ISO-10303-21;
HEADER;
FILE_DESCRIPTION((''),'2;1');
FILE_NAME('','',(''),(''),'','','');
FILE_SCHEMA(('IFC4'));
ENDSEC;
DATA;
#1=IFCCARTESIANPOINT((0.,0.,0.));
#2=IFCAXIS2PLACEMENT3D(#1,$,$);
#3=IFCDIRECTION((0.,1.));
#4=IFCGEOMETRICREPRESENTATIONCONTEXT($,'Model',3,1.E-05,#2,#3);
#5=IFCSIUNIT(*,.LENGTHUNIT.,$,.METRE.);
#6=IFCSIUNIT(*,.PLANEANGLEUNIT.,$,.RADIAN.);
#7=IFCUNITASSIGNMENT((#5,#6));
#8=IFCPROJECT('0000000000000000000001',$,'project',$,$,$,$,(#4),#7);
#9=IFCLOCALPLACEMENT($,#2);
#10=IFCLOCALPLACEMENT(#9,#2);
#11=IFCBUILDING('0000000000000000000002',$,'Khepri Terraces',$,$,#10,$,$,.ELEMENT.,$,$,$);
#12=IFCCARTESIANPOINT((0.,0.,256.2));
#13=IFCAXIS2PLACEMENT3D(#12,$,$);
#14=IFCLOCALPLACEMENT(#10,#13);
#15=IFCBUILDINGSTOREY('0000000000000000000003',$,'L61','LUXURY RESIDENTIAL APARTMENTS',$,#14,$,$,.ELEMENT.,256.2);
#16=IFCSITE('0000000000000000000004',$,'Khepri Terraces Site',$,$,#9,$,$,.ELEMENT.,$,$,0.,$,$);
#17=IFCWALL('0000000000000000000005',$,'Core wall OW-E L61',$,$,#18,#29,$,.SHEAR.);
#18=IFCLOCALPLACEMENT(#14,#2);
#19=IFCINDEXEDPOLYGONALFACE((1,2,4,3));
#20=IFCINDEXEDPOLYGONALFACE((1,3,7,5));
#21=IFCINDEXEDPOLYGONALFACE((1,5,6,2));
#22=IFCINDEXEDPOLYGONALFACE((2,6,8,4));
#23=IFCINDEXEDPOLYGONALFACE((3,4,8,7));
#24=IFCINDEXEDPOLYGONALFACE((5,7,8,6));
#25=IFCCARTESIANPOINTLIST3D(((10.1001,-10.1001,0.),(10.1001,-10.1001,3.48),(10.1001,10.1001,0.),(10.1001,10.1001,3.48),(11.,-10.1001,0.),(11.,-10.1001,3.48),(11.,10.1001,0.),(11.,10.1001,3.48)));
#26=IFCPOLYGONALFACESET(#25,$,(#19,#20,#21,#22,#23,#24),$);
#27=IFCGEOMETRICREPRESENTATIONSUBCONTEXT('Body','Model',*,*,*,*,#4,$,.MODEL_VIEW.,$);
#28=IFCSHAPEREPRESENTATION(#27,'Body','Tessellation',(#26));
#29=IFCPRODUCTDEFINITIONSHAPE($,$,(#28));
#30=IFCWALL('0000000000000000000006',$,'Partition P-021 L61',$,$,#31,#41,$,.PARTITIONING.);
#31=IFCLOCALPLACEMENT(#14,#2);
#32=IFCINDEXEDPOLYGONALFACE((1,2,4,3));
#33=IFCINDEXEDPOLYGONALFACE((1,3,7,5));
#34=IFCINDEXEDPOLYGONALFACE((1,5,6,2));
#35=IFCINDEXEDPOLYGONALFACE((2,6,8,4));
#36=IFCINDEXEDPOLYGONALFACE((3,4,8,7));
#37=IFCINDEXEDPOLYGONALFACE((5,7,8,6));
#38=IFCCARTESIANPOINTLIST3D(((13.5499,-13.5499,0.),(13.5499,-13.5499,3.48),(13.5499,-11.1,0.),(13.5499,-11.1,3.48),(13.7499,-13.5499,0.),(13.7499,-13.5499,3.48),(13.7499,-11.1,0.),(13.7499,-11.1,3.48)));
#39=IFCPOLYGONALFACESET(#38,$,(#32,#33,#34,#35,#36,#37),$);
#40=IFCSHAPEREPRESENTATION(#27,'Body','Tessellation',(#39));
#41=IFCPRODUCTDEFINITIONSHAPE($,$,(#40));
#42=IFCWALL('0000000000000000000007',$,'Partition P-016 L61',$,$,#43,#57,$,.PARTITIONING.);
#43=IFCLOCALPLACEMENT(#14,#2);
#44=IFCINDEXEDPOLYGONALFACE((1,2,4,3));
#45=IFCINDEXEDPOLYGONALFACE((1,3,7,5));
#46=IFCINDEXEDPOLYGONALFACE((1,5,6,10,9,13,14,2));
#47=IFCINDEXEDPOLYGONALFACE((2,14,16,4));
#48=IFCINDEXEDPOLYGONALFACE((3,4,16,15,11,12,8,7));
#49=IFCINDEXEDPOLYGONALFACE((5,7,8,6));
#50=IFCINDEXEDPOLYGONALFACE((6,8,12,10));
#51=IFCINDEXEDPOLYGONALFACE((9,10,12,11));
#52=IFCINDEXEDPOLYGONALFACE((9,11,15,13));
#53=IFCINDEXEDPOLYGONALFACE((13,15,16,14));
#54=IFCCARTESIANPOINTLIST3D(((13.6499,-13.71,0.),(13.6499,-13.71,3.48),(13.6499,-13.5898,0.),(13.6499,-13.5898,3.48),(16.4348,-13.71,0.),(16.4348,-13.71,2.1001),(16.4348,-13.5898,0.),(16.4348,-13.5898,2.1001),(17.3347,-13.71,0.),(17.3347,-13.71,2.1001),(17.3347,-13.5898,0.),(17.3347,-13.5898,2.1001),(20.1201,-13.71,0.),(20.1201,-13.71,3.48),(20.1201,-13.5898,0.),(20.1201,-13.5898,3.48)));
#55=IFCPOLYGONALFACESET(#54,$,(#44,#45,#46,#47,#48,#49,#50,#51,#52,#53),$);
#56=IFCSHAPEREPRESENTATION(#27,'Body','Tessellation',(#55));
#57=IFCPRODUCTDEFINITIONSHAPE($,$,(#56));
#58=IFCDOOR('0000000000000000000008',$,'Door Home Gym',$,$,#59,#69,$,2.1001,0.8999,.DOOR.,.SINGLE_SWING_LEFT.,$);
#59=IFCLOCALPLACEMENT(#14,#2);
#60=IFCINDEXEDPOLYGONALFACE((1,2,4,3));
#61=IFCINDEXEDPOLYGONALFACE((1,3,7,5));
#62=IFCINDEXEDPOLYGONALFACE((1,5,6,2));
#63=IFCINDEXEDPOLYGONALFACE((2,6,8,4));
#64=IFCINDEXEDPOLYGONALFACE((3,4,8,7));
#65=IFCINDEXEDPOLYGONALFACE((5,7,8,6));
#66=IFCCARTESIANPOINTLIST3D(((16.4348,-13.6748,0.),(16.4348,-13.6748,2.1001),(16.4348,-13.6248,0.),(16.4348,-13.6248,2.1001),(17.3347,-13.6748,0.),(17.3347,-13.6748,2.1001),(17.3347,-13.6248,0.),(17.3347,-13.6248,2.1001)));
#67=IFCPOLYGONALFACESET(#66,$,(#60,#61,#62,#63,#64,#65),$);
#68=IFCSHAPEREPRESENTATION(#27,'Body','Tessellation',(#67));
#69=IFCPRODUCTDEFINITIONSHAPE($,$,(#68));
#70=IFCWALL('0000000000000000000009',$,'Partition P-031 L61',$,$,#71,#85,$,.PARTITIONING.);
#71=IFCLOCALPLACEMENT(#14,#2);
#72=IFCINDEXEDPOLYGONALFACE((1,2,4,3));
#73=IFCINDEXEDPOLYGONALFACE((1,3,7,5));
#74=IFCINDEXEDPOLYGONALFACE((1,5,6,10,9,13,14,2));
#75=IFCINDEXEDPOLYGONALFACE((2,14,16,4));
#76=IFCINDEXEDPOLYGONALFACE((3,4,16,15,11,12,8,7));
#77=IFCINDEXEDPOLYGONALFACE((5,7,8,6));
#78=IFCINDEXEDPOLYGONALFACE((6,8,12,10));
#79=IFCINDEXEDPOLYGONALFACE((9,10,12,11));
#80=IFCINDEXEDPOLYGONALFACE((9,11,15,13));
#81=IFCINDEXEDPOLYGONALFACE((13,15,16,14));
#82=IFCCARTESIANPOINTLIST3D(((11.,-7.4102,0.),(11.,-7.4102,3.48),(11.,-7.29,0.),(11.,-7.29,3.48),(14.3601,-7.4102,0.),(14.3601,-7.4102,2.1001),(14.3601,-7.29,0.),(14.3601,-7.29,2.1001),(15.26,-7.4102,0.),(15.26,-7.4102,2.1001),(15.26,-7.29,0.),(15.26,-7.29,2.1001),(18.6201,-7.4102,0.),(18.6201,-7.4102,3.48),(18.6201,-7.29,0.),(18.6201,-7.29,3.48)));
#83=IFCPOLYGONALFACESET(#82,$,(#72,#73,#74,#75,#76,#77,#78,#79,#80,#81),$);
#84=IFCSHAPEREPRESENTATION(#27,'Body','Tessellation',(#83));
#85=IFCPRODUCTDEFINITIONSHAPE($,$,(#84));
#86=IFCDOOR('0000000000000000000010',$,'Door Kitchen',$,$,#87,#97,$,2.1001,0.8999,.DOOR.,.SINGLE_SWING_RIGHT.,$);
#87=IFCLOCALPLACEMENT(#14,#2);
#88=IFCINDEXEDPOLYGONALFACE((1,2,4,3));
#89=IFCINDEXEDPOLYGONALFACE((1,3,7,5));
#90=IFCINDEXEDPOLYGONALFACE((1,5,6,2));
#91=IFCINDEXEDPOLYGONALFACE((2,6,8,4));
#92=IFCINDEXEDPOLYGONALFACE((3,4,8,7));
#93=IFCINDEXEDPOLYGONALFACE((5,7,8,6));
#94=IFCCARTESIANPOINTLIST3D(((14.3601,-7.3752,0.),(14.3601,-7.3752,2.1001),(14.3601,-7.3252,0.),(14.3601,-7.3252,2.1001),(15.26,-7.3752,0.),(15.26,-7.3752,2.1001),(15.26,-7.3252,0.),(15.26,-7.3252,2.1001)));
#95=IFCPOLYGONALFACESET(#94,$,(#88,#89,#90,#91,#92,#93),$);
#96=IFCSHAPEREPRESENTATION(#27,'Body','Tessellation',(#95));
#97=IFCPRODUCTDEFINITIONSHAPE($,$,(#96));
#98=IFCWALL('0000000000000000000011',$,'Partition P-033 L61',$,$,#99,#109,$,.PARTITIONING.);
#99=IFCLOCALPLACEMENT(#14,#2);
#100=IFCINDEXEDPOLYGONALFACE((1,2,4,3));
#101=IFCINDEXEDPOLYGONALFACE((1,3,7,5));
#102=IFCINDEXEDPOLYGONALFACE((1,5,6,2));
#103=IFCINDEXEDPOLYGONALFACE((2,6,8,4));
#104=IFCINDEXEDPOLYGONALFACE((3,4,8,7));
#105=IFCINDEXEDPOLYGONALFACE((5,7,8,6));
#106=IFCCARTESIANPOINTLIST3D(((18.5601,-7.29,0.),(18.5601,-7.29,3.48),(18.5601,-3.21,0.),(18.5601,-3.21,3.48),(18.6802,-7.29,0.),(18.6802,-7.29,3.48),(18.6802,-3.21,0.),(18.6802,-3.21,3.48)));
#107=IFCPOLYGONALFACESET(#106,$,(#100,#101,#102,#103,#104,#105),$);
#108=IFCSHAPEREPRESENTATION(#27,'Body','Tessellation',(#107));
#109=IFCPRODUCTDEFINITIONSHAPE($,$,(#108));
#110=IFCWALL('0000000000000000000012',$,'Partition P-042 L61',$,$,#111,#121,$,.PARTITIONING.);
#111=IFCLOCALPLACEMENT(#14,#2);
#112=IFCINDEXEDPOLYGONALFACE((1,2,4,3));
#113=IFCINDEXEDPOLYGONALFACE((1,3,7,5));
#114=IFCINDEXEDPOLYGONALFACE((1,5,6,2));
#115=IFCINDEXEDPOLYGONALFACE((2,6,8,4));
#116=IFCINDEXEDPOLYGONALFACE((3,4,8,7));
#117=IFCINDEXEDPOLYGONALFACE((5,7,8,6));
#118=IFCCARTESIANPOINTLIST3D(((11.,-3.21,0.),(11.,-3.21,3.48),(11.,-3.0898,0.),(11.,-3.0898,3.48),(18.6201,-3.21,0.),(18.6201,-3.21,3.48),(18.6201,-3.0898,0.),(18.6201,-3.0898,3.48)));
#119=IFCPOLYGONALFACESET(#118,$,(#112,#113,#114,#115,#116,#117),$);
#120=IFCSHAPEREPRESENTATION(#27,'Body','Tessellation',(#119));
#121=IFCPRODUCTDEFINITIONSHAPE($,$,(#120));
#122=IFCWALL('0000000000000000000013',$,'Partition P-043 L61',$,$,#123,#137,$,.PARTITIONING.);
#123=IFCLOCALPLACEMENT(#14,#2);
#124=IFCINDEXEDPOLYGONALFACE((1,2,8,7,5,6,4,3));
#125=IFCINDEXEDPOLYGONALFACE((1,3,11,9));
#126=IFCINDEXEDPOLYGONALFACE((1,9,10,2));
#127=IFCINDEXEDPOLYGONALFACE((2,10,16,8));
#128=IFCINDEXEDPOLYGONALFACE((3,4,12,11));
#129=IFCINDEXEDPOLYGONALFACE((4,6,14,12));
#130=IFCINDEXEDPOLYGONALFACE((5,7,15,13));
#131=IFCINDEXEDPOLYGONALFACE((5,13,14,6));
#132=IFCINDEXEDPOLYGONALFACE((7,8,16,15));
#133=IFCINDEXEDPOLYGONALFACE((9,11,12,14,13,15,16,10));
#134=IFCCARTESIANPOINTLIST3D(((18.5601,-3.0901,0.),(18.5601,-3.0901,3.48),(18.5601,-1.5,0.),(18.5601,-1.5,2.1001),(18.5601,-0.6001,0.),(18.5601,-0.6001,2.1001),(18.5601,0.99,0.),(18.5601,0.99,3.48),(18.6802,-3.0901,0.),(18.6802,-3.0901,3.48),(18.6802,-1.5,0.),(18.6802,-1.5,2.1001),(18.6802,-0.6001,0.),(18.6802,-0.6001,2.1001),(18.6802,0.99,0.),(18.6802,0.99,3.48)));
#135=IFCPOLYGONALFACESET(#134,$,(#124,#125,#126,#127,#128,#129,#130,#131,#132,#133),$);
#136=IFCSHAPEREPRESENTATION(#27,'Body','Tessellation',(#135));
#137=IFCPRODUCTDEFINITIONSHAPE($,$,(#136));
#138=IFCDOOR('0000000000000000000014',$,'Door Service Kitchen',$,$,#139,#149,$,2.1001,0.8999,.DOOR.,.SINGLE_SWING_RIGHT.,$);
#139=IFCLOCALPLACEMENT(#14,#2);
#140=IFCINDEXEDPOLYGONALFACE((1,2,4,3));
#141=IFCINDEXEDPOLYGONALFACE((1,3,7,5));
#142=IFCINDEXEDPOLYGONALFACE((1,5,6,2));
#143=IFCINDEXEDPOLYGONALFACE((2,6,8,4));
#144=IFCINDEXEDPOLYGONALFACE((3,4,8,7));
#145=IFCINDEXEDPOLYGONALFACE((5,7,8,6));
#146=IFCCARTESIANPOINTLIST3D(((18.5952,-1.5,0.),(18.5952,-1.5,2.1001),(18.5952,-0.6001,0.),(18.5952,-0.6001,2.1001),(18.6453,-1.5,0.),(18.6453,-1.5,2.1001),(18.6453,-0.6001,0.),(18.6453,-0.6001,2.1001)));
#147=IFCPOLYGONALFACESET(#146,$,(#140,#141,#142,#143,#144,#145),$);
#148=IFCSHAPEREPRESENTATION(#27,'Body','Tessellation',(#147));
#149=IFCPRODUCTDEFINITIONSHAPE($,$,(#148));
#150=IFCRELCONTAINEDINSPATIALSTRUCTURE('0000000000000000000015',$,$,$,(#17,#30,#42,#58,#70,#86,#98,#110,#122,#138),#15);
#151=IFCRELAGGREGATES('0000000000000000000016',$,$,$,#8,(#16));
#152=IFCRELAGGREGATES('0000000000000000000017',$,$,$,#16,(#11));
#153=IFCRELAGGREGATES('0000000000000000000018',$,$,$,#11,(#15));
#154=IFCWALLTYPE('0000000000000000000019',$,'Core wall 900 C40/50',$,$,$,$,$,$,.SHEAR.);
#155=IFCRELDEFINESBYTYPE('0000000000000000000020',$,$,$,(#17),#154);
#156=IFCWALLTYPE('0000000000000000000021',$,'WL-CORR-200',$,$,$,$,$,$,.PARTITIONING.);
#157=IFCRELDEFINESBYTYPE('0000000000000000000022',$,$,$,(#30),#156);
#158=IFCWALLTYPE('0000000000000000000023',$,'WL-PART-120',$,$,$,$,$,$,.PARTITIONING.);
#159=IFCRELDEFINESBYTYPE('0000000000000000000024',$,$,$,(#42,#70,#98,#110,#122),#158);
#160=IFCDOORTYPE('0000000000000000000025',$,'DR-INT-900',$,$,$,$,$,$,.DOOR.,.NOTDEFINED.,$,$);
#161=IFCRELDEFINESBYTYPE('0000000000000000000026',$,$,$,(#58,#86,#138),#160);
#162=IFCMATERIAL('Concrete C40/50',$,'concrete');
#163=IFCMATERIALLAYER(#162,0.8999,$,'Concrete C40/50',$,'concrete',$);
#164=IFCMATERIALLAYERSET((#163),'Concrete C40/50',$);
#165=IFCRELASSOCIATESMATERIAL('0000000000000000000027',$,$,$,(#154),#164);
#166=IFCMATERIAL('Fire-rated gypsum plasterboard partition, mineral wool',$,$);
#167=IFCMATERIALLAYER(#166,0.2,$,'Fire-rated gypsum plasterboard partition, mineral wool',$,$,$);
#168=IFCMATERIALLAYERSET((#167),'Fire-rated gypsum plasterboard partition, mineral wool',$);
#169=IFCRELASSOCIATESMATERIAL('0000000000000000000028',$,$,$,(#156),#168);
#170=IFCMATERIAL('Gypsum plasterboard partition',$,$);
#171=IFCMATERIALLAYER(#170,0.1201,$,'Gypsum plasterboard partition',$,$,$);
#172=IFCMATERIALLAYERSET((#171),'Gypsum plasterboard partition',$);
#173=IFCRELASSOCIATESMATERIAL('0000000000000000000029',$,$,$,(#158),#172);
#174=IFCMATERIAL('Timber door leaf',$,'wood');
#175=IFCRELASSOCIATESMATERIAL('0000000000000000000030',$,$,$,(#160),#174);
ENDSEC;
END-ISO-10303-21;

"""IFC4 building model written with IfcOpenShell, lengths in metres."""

from ifc_helpers import new_model, si_unit, direction, frame, frame_2d, origin, place, context, subcontext, project, spatial, rectangle, extrude, material, layer, layer_set, type_object, element, fill, save


model = new_model("IFC4")

# Units and contexts
model_context = context("Model", 3, precision=1e-05, world=origin(), true_north=direction((0.0, 1.0)))
body_context = subcontext(model_context, "Body", "Model", "MODEL_VIEW")
ifc_project = project(units=[si_unit("LENGTHUNIT", "METRE"), si_unit("PLANEANGLEUNIT", "RADIAN")], contexts=[model_context])

# Site, building, storey
site_placement = place(None, origin())
site = spatial("IfcSite", under=ifc_project, at=site_placement, Name="Khepri Terraces Site", CompositionType="ELEMENT", RefElevation=0.0)
building_placement = place(site_placement, origin())
building = spatial("IfcBuilding", under=site, at=building_placement, Name="Khepri Terraces", CompositionType="ELEMENT")
storey_placement = place(building_placement, frame((0.0, 0.0, 256.2)))
storey = spatial("IfcBuildingStorey", under=building, at=storey_placement, Name="L61", Description="LUXURY RESIDENTIAL APARTMENTS", CompositionType="ELEMENT", Elevation=256.2)

# Walls
ifc_material_1 = material(Name="Concrete C40/50", Category="concrete")
ifc_layer_1 = layer(ifc_material_1, 0.8999, Name="Concrete C40/50", Category="concrete")
ifc_layer_set_1 = layer_set([ifc_layer_1], Name="Concrete C40/50")
wall_type_1 = type_object("IfcWallType", Name="Core wall 900 C40/50", PredefinedType="SHEAR", material=ifc_layer_set_1)
wall_1_placement = place(storey_placement, frame((10.55, -10.1001, 0.0), z_axis=(0.0, 0.0, 1.0), x_axis=(0.0, 1.0, 0.0)))
element("IfcWall", 1, at=wall_1_placement, inside=storey, type_object=wall_type_1, Name="Core wall OW-E L61", PredefinedType="SHEAR", context=body_context, shape_type="SweptSolid", body=[
    extrude(rectangle(XDim=20.2002, YDim=0.8999, at=frame_2d((10.1001, 0.0))), origin(), (0.0, 0.0, 1.0), 3.48),
])
ifc_material_2 = material(Name="Fire-rated gypsum plasterboard partition, mineral wool")
ifc_layer_2 = layer(ifc_material_2, 0.2, Name="Fire-rated gypsum plasterboard partition, mineral wool")
ifc_layer_set_2 = layer_set([ifc_layer_2], Name="Fire-rated gypsum plasterboard partition, mineral wool")
wall_type_2 = type_object("IfcWallType", Name="WL-CORR-200", PredefinedType="PARTITIONING", material=ifc_layer_set_2)
wall_2_placement = place(storey_placement, frame((13.6499, -13.55, 0.0), z_axis=(0.0, 0.0, 1.0), x_axis=(0.0, 1.0, 0.0)))
element("IfcWall", 2, at=wall_2_placement, inside=storey, type_object=wall_type_2, Name="Partition P-021 L61", PredefinedType="PARTITIONING", context=body_context, shape_type="SweptSolid", body=[
    extrude(rectangle(XDim=2.45, YDim=0.2, at=frame_2d((1.2251, 0.0))), origin(), (0.0, 0.0, 1.0), 3.48),
])

# Walls, openings, doors
ifc_material_3 = material(Name="Gypsum plasterboard partition")
ifc_layer_3 = layer(ifc_material_3, 0.1201, Name="Gypsum plasterboard partition")
ifc_layer_set_3 = layer_set([ifc_layer_3], Name="Gypsum plasterboard partition")
wall_type_3 = type_object("IfcWallType", Name="WL-PART-120", PredefinedType="PARTITIONING", material=ifc_layer_set_3)
wall_3_placement = place(storey_placement, frame((13.6499, -13.6499, 0.0), z_axis=(0.0, 0.0, 1.0), x_axis=(1.0, 0.0, 0.0)))
wall_3 = element("IfcWall", 3, at=wall_3_placement, inside=storey, type_object=wall_type_3, Name="Partition P-016 L61", PredefinedType="PARTITIONING", context=body_context, shape_type="SweptSolid", body=[
    extrude(rectangle(XDim=6.4702, YDim=0.1201, at=frame_2d((3.2351, 0.0))), origin(), (0.0, 0.0, 1.0), 3.48),
])
opening_1_placement = place(wall_3_placement, frame((2.7849, 0.0, 0.0)))
opening_1 = element("IfcOpeningElement", 4, at=opening_1_placement, cuts=wall_3, PredefinedType="OPENING", context=body_context, shape_type="SweptSolid", body=[
    extrude(rectangle(XDim=0.8999, YDim=2.1001, at=frame_2d((0.45, 1.05))), frame((0.0, 0.0701, 0.0), z_axis=(0.0, -1.0, 0.0), x_axis=(1.0, 0.0, 0.0)), (0.0, 0.0, 1.0), 0.1401),
])
ifc_material_4 = material(Name="Timber door leaf", Category="wood")
door_type_1 = type_object("IfcDoorType", Name="DR-INT-900", OperationType="NOTDEFINED", PredefinedType="DOOR", material=ifc_material_4)
door_1_placement = place(opening_1_placement, frame((0.8999, 0.0, 0.0), z_axis=(0.0, 0.0, 1.0), x_axis=(-1.0, 0.0, 0.0)))
door_1 = element("IfcDoor", 5, at=door_1_placement, inside=storey, type_object=door_type_1, Name="Door Home Gym", OperationType="SINGLE_SWING_LEFT", OverallHeight=2.1001, OverallWidth=0.8999, PredefinedType="DOOR", context=body_context, shape_type="SweptSolid", body=[
    extrude(rectangle(XDim=0.8999, YDim=2.1001, at=frame_2d((0.45, 1.05))), frame((0.0, 0.0249, 0.0), z_axis=(0.0, -1.0, 0.0), x_axis=(1.0, 0.0, 0.0)), (0.0, 0.0, 1.0), 0.05),
])
fill(opening_1, door_1)
wall_4_placement = place(storey_placement, frame((11.0, -7.3501, 0.0), z_axis=(0.0, 0.0, 1.0), x_axis=(1.0, 0.0, 0.0)))
wall_4 = element("IfcWall", 6, at=wall_4_placement, inside=storey, type_object=wall_type_3, Name="Partition P-031 L61", PredefinedType="PARTITIONING", context=body_context, shape_type="SweptSolid", body=[
    extrude(rectangle(XDim=7.6201, YDim=0.1201, at=frame_2d((3.8101, 0.0))), origin(), (0.0, 0.0, 1.0), 3.48),
])
opening_2_placement = place(wall_4_placement, frame((3.3601, 0.0, 0.0)))
opening_2 = element("IfcOpeningElement", 7, at=opening_2_placement, cuts=wall_4, PredefinedType="OPENING", context=body_context, shape_type="SweptSolid", body=[
    extrude(rectangle(XDim=0.8999, YDim=2.1001, at=frame_2d((0.45, 1.05))), frame((0.0, 0.0701, 0.0), z_axis=(0.0, -1.0, 0.0), x_axis=(1.0, 0.0, 0.0)), (0.0, 0.0, 1.0), 0.1401),
])
door_2_placement = place(opening_2_placement, origin())
door_2 = element("IfcDoor", 8, at=door_2_placement, inside=storey, type_object=door_type_1, Name="Door Kitchen", OperationType="SINGLE_SWING_RIGHT", OverallHeight=2.1001, OverallWidth=0.8999, PredefinedType="DOOR", context=body_context, shape_type="SweptSolid", body=[
    extrude(rectangle(XDim=0.8999, YDim=2.1001, at=frame_2d((0.45, 1.05))), frame((0.0, 0.0249, 0.0), z_axis=(0.0, -1.0, 0.0), x_axis=(1.0, 0.0, 0.0)), (0.0, 0.0, 1.0), 0.05),
])
fill(opening_2, door_2)

# Walls
wall_5_placement = place(storey_placement, frame((18.6201, -7.29, 0.0), z_axis=(0.0, 0.0, 1.0), x_axis=(0.0, 1.0, 0.0)))
element("IfcWall", 9, at=wall_5_placement, inside=storey, type_object=wall_type_3, Name="Partition P-033 L61", PredefinedType="PARTITIONING", context=body_context, shape_type="SweptSolid", body=[
    extrude(rectangle(XDim=4.0801, YDim=0.1201, at=frame_2d((2.04, 0.0))), origin(), (0.0, 0.0, 1.0), 3.48),
])
wall_6_placement = place(storey_placement, frame((11.0, -3.1499, 0.0), z_axis=(0.0, 0.0, 1.0), x_axis=(1.0, 0.0, 0.0)))
element("IfcWall", 10, at=wall_6_placement, inside=storey, type_object=wall_type_3, Name="Partition P-042 L61", PredefinedType="PARTITIONING", context=body_context, shape_type="SweptSolid", body=[
    extrude(rectangle(XDim=7.6201, YDim=0.1201, at=frame_2d((3.8101, 0.0))), origin(), (0.0, 0.0, 1.0), 3.48),
])

# Wall, opening, door
wall_7_placement = place(storey_placement, frame((18.6201, -3.0901, 0.0), z_axis=(0.0, 0.0, 1.0), x_axis=(0.0, 1.0, 0.0)))
wall_7 = element("IfcWall", 11, at=wall_7_placement, inside=storey, type_object=wall_type_3, Name="Partition P-043 L61", PredefinedType="PARTITIONING", context=body_context, shape_type="SweptSolid", body=[
    extrude(rectangle(XDim=4.0801, YDim=0.1201, at=frame_2d((2.04, 0.0))), origin(), (0.0, 0.0, 1.0), 3.48),
])
opening_3_placement = place(wall_7_placement, frame((1.5901, 0.0, 0.0)))
opening_3 = element("IfcOpeningElement", 12, at=opening_3_placement, cuts=wall_7, PredefinedType="OPENING", context=body_context, shape_type="SweptSolid", body=[
    extrude(rectangle(XDim=0.8999, YDim=2.1001, at=frame_2d((0.45, 1.05))), frame((0.0, 0.0701, 0.0), z_axis=(0.0, -1.0, 0.0), x_axis=(1.0, 0.0, 0.0)), (0.0, 0.0, 1.0), 0.1401),
])
door_3_placement = place(opening_3_placement, origin())
door_3 = element("IfcDoor", 13, at=door_3_placement, inside=storey, type_object=door_type_1, Name="Door Service Kitchen", OperationType="SINGLE_SWING_RIGHT", OverallHeight=2.1001, OverallWidth=0.8999, PredefinedType="DOOR", context=body_context, shape_type="SweptSolid", body=[
    extrude(rectangle(XDim=0.8999, YDim=2.1001, at=frame_2d((0.45, 1.05))), frame((0.0, 0.0249, 0.0), z_axis=(0.0, -1.0, 0.0), x_axis=(1.0, 0.0, 0.0)), (0.0, 0.0, 1.0), 0.05),
])
fill(opening_3, door_3)

save(model, "model.ifc")
